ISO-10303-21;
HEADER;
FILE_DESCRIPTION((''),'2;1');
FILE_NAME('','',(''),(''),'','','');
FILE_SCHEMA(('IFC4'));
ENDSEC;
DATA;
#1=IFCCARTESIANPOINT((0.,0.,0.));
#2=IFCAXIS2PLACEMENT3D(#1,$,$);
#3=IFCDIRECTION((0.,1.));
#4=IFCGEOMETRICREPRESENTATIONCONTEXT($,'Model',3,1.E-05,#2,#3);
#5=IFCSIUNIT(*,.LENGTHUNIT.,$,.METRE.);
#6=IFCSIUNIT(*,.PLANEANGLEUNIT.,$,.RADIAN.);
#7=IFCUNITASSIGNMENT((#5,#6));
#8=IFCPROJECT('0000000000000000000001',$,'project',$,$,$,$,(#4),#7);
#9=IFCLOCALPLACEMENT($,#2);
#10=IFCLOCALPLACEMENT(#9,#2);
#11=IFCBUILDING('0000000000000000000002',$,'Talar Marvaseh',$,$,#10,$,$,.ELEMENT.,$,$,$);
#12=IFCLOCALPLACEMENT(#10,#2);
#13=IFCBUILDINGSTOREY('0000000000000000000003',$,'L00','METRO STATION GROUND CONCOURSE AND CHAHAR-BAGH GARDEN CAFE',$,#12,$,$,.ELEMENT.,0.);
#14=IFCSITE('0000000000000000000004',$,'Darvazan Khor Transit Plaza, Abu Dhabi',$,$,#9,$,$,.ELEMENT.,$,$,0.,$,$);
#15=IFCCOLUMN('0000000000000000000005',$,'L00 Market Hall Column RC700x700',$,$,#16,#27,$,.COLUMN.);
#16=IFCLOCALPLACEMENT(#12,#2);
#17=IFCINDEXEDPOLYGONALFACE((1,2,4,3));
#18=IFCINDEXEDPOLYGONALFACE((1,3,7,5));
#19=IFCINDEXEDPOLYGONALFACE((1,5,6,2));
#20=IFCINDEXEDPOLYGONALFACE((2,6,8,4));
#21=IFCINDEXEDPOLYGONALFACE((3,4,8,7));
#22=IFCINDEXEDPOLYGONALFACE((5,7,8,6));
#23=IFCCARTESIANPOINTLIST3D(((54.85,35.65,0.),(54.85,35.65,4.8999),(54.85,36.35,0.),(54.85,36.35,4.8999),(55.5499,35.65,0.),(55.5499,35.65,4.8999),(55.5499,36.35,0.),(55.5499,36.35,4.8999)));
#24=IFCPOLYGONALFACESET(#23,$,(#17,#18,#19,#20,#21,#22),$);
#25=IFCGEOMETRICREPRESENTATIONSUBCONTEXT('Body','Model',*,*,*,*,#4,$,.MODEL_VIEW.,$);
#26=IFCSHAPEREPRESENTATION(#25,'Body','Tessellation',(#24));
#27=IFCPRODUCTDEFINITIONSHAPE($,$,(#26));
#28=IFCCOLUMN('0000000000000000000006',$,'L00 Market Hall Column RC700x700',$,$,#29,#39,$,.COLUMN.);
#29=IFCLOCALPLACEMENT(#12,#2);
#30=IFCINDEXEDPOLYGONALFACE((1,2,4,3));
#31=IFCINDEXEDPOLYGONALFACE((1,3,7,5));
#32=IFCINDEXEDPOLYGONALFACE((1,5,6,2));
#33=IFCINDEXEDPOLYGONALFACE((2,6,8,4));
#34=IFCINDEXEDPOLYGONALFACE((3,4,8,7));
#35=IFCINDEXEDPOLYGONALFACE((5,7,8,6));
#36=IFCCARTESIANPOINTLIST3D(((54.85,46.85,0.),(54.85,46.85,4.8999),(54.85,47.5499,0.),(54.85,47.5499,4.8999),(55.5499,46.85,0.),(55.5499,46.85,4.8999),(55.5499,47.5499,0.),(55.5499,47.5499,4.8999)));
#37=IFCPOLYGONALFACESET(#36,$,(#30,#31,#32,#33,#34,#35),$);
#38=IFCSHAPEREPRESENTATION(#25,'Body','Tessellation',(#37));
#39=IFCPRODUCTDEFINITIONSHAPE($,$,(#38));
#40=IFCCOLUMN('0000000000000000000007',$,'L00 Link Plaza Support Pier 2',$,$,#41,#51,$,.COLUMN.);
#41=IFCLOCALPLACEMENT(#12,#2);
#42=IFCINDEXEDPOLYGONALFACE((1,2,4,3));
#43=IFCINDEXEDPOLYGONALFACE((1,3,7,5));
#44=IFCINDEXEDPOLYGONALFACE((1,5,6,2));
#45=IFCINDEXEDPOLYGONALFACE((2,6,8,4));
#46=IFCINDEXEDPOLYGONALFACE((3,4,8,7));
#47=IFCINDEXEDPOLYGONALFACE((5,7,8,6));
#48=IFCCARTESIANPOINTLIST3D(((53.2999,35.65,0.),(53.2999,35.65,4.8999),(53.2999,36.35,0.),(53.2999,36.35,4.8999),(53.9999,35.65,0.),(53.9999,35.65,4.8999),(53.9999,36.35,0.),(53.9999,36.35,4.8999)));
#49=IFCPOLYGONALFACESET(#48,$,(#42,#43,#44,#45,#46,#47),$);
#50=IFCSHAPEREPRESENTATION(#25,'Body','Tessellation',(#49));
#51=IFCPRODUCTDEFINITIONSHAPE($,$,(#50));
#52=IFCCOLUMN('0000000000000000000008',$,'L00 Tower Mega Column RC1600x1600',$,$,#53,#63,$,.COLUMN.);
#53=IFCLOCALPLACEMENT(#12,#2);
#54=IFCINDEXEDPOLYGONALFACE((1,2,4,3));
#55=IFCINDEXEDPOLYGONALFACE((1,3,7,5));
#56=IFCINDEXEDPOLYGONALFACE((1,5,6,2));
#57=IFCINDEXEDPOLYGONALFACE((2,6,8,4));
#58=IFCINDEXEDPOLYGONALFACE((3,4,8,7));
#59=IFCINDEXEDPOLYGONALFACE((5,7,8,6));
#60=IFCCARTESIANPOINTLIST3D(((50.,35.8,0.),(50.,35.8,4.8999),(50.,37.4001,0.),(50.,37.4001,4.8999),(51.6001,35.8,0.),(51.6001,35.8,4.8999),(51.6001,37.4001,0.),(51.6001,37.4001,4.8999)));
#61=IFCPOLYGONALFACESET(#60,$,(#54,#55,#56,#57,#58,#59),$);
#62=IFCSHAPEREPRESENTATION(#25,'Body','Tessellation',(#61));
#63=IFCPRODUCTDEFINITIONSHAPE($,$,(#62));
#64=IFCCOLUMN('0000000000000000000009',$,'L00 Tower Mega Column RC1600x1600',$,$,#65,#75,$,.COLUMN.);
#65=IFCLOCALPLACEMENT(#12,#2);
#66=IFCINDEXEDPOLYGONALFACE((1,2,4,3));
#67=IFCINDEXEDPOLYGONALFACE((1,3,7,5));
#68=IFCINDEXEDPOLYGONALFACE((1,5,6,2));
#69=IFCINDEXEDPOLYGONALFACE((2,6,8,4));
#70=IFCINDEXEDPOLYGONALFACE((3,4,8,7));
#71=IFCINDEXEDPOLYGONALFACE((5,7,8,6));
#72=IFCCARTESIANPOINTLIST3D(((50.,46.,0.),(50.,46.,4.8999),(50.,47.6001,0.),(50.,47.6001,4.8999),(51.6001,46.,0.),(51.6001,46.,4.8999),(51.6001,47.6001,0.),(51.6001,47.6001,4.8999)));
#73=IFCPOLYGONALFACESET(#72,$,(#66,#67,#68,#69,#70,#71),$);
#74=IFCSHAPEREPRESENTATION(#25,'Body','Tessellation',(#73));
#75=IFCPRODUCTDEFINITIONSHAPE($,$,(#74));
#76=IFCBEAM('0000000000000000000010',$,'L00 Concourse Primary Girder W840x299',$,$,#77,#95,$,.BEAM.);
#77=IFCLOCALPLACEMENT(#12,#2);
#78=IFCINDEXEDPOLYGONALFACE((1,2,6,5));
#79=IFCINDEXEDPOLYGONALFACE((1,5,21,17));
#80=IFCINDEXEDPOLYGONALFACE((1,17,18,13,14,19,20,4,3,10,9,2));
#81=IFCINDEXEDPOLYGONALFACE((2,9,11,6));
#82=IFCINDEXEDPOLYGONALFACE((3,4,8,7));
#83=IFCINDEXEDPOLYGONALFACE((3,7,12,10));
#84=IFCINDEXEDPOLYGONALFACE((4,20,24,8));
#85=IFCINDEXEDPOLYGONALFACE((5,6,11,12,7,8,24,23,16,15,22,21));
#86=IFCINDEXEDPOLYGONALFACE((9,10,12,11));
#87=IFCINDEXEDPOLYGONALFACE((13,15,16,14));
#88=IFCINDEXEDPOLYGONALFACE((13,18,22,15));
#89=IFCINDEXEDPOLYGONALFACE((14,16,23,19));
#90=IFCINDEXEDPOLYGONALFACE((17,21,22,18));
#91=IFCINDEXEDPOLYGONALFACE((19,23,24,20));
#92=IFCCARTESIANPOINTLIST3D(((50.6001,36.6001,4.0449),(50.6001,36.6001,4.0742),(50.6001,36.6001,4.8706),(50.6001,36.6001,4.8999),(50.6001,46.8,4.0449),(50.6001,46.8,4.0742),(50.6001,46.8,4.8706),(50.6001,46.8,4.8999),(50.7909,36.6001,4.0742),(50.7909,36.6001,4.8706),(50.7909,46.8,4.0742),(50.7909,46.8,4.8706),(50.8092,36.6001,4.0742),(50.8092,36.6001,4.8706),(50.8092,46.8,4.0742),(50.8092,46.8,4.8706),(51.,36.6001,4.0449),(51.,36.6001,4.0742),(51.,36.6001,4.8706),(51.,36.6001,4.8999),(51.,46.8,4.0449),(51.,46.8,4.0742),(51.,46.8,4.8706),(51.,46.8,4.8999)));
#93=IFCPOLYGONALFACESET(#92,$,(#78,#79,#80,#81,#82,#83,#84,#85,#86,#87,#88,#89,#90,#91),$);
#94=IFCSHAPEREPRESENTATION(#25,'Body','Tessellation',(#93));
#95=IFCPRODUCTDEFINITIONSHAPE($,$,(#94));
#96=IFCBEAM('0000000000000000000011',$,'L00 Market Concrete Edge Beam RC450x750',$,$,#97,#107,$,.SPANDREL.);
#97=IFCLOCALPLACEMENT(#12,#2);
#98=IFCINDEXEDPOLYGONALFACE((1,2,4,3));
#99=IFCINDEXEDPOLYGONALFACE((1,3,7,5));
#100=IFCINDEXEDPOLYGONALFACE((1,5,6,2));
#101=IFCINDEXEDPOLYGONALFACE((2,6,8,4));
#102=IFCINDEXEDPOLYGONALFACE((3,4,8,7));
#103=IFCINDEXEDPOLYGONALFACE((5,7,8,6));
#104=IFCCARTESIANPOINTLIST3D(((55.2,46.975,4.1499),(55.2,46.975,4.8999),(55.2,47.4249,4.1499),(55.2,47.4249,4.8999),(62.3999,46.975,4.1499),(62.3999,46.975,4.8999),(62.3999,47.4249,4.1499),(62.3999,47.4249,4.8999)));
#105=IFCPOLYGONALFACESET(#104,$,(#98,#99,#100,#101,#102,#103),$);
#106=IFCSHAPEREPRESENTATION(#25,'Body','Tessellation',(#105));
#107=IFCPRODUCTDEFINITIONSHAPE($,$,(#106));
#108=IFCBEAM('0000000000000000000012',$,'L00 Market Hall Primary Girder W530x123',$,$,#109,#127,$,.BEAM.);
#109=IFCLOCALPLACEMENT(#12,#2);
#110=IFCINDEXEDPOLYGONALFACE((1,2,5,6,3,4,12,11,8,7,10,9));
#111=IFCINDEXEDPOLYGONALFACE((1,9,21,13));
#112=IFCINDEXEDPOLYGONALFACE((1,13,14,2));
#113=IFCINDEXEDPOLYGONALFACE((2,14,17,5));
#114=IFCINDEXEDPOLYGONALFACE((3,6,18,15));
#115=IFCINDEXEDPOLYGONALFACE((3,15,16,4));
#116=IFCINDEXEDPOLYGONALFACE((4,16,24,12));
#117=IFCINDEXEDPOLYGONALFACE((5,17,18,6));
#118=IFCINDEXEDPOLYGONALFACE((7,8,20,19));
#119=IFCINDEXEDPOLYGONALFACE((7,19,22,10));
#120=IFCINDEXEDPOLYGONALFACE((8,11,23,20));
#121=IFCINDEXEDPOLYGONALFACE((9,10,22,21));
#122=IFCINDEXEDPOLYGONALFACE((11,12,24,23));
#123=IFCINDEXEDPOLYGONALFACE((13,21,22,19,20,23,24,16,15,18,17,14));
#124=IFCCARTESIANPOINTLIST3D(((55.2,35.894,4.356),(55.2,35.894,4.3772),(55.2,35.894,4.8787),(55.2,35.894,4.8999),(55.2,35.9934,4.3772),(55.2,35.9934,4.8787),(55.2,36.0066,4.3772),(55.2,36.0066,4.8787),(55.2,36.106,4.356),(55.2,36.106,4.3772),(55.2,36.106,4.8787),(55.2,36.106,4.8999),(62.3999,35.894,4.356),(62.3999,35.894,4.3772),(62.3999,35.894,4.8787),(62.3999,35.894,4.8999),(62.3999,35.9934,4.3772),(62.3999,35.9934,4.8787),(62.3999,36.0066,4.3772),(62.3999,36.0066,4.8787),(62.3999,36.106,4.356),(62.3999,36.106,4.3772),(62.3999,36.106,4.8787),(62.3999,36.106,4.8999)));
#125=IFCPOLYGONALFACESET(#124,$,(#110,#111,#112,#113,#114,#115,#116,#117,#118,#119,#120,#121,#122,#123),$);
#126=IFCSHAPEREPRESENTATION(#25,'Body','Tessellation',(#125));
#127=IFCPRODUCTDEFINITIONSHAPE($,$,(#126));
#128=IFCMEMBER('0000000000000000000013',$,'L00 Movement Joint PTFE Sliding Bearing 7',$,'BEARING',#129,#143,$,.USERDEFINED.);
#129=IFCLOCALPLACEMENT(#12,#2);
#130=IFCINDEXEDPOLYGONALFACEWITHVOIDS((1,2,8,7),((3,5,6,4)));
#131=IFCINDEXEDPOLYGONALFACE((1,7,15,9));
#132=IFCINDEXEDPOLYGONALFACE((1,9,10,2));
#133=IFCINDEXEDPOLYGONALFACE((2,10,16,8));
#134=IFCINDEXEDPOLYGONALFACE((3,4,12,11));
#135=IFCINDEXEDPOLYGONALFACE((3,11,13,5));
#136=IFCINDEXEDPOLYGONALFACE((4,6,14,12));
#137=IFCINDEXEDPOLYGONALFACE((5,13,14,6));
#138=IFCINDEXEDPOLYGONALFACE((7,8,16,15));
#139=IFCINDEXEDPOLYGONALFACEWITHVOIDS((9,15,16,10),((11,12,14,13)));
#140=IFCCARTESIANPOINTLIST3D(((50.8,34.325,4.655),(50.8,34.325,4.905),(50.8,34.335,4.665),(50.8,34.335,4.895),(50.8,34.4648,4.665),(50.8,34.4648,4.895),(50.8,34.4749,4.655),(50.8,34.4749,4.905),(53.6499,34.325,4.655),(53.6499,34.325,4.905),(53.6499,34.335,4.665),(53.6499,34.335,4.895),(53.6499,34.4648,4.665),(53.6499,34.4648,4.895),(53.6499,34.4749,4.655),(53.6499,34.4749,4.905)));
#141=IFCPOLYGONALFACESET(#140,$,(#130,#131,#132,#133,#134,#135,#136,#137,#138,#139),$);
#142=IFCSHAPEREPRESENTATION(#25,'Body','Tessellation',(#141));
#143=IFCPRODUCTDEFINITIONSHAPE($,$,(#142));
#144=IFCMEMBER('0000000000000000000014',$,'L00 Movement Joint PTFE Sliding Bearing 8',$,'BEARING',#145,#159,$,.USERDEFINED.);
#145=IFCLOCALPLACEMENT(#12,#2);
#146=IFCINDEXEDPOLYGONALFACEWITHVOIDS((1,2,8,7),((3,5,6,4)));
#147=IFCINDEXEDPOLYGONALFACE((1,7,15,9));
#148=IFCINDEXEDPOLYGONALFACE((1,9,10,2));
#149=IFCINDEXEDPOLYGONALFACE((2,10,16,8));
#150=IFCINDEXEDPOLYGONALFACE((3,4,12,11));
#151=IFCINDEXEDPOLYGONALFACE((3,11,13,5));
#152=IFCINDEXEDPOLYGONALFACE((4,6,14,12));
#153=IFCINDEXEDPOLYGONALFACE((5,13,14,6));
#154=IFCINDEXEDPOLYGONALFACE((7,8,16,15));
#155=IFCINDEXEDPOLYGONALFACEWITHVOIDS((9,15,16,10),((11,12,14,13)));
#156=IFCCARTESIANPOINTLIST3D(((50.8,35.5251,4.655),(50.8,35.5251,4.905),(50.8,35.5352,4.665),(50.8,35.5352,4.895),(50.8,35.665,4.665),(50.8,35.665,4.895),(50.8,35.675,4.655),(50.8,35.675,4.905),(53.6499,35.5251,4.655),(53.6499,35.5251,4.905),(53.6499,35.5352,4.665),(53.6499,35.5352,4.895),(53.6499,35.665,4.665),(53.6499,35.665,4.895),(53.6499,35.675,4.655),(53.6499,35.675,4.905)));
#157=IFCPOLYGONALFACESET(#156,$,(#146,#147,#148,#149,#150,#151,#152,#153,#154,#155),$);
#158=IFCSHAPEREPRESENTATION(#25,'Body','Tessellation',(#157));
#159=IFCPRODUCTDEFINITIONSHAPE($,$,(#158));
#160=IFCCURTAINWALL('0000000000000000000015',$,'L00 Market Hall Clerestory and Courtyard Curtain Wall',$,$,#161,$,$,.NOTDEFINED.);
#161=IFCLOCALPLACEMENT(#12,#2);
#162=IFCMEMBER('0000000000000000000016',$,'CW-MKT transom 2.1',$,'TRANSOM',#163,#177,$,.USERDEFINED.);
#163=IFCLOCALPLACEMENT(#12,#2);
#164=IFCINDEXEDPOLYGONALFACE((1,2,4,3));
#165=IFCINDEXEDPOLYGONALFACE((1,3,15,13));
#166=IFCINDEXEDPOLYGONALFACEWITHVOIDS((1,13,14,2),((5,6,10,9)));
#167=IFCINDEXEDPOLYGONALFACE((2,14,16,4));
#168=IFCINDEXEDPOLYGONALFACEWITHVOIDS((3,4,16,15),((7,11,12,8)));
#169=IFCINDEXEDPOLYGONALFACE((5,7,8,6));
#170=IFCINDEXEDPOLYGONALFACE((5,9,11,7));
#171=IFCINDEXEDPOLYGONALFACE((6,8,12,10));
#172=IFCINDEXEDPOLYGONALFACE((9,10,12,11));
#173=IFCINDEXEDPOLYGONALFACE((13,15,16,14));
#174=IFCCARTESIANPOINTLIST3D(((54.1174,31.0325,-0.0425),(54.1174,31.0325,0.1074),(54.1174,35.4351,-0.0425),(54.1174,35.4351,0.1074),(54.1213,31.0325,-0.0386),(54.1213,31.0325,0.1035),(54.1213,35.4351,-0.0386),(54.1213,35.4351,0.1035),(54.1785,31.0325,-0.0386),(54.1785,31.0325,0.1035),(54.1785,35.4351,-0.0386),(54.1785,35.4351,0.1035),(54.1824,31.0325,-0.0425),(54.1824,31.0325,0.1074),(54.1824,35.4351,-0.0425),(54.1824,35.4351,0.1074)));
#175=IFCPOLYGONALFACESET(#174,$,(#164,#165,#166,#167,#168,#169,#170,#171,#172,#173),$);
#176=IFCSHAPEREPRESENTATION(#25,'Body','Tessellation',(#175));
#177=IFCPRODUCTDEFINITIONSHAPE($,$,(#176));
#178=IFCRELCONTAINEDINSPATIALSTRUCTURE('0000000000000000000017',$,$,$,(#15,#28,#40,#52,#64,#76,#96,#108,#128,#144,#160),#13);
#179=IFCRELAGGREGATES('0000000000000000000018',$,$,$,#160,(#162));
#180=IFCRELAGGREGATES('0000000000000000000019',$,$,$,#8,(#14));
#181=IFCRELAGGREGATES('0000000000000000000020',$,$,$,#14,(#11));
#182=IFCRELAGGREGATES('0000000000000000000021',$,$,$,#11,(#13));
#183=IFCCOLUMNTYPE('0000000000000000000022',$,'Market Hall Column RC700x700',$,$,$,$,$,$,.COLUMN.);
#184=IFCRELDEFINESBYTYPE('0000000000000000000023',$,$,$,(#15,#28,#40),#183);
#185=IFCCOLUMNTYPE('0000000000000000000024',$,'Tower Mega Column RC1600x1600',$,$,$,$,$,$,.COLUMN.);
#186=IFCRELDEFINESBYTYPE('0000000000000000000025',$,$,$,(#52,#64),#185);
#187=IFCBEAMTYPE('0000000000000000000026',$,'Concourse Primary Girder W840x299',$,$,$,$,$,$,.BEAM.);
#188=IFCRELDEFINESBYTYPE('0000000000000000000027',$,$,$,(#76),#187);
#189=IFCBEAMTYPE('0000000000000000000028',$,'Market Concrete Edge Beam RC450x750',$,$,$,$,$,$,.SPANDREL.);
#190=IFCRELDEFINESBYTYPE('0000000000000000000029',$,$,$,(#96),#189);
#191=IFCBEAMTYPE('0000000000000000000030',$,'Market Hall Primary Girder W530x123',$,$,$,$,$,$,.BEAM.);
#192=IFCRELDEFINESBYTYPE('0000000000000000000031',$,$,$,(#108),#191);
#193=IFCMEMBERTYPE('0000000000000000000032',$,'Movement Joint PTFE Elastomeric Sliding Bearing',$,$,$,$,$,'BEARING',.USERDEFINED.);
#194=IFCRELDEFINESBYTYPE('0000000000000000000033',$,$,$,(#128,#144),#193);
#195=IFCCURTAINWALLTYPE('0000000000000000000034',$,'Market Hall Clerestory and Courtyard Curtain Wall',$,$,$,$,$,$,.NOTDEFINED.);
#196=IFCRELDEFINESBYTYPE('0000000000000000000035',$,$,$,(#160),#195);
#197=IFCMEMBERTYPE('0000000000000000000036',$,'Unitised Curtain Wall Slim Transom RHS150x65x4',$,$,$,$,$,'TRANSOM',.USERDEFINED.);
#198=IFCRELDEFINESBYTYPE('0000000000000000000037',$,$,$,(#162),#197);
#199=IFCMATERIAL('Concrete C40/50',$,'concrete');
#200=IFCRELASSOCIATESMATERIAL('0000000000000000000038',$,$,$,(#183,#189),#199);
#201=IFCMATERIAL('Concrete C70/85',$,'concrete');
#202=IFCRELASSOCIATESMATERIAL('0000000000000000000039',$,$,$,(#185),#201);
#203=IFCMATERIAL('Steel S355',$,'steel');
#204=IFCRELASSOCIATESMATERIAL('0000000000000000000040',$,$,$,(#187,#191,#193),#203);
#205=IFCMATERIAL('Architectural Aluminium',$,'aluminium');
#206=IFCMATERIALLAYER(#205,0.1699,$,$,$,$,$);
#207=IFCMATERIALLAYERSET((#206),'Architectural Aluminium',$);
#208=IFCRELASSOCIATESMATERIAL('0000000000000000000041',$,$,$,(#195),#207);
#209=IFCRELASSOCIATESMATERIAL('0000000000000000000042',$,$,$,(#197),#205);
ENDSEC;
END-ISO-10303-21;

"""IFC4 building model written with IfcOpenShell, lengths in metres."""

from ifc_helpers import new_model, si_unit, direction, frame, origin, origin_2d, place, context, subcontext, project, spatial, rectangle, hollow_rectangle, i_section, extrude, source, transform, mapped, material, layer, layer_set, material_profile, profile_set, type_object, type_shapes, element, aggregate, save


model = new_model("IFC4")

# Units and contexts
model_context = context("Model", 3, precision=1e-05, world=origin(), true_north=direction((0.0, 1.0)))
body_context = subcontext(model_context, "Body", "Model", "MODEL_VIEW")
ifc_project = project(units=[si_unit("LENGTHUNIT", "METRE"), si_unit("PLANEANGLEUNIT", "RADIAN")], contexts=[model_context])

# Site, building, storey
site_placement = place(None, origin())
site = spatial("IfcSite", under=ifc_project, at=site_placement, Name="Darvazan Khor Transit Plaza, Abu Dhabi", CompositionType="ELEMENT", RefElevation=0.0)
building_placement = place(site_placement, origin())
building = spatial("IfcBuilding", under=site, at=building_placement, Name="Talar Marvaseh", CompositionType="ELEMENT")
storey_placement = place(building_placement, origin())
storey = spatial("IfcBuildingStorey", under=building, at=storey_placement, Name="L00", Description="METRO STATION GROUND CONCOURSE AND CHAHAR-BAGH GARDEN CAFE", CompositionType="ELEMENT", Elevation=0.0)

# Columns
ifc_material_1 = material(Name="Concrete C40/50", Category="concrete")
ifc_material_profile_1 = material_profile(ifc_material_1, rectangle(XDim=0.7, YDim=0.7, at=origin_2d()), Name="RC700x700")
ifc_profile_set_1 = profile_set([ifc_material_profile_1], Name="Concrete C40/50")
column_type_1 = type_object("IfcColumnType", Name="Market Hall Column RC700x700", PredefinedType="COLUMN", material=ifc_profile_set_1)
for number, where, z_axis, x_axis, name in (
    (1, (55.2, 36.0, 0.0), (0.0, 0.0, 1.0), (1.0, 0.0, 0.0), "L00 Market Hall Column RC700x700"),
    (2, (55.2, 47.2, 0.0), (0.0, 0.0, 1.0), (1.0, 0.0, 0.0), "L00 Market Hall Column RC700x700"),
    (3, (53.6499, 36.0, 0.0), (0.0, 0.0, 1.0), (1.0, 0.0, 0.0), "L00 Link Plaza Support Pier 2"),
):
    element("IfcColumn", number, at=place(storey_placement, frame(where, z_axis=z_axis, x_axis=x_axis)), inside=storey, type_object=column_type_1, Name=name, PredefinedType="COLUMN", context=body_context, shape_type="SweptSolid", body=[
        extrude(rectangle(XDim=0.7, YDim=0.7, at=origin_2d()), origin(), (0.0, 0.0, 1.0), 4.8999),
    ])
ifc_material_2 = material(Name="Concrete C70/85", Category="concrete")
ifc_material_profile_2 = material_profile(ifc_material_2, rectangle(XDim=1.6001, YDim=1.6001, at=origin_2d()), Name="RC1600x1600")
ifc_profile_set_2 = profile_set([ifc_material_profile_2], Name="Concrete C70/85")
column_type_2 = type_object("IfcColumnType", Name="Tower Mega Column RC1600x1600", PredefinedType="COLUMN", material=ifc_profile_set_2)
for number, where, z_axis, x_axis, name in (
    (4, (50.8, 36.6001, 0.0), (0.0, 0.0, 1.0), (1.0, 0.0, 0.0), "L00 Tower Mega Column RC1600x1600"),
    (5, (50.8, 46.8, 0.0), (0.0, 0.0, 1.0), (1.0, 0.0, 0.0), "L00 Tower Mega Column RC1600x1600"),
):
    element("IfcColumn", number, at=place(storey_placement, frame(where, z_axis=z_axis, x_axis=x_axis)), inside=storey, type_object=column_type_2, Name=name, PredefinedType="COLUMN", context=body_context, shape_type="SweptSolid", body=[
        extrude(rectangle(XDim=1.6001, YDim=1.6001, at=origin_2d()), origin(), (0.0, 0.0, 1.0), 4.8999),
    ])

# Beams
ifc_material_3 = material(Name="Steel S355", Category="steel")
ifc_material_profile_3 = material_profile(ifc_material_3, i_section(OverallWidth=0.3999, OverallDepth=0.855, WebThickness=0.0183, FlangeThickness=0.0293, at=origin_2d()), Name="W840x299")
ifc_profile_set_3 = profile_set([ifc_material_profile_3], Name="Steel S355")
beam_type_1 = type_object("IfcBeamType", Name="Concourse Primary Girder W840x299", PredefinedType="BEAM", material=ifc_profile_set_3)
beam_1_placement = place(storey_placement, frame((50.8, 36.6001, 4.4724), z_axis=(0.0, 1.0, 0.0), x_axis=(-1.0, 0.0, 0.0)))
element("IfcBeam", 6, at=beam_1_placement, inside=storey, type_object=beam_type_1, Name="L00 Concourse Primary Girder W840x299", PredefinedType="BEAM", context=body_context, shape_type="SweptSolid", body=[
    extrude(i_section(OverallWidth=0.3999, OverallDepth=0.855, WebThickness=0.0183, FlangeThickness=0.0293, at=origin_2d()), origin(), (0.0, 0.0, 1.0), 10.2),
])
ifc_material_profile_4 = material_profile(ifc_material_1, rectangle(XDim=0.45, YDim=0.75, at=origin_2d()), Name="RC450x750")
ifc_profile_set_4 = profile_set([ifc_material_profile_4], Name="Concrete C40/50")
beam_type_2 = type_object("IfcBeamType", Name="Market Concrete Edge Beam RC450x750", PredefinedType="SPANDREL", material=ifc_profile_set_4)
beam_2_placement = place(storey_placement, frame((55.2, 47.2, 4.5249), z_axis=(1.0, 0.0, 0.0), x_axis=(0.0, 1.0, 0.0)))
element("IfcBeam", 7, at=beam_2_placement, inside=storey, type_object=beam_type_2, Name="L00 Market Concrete Edge Beam RC450x750", PredefinedType="SPANDREL", context=body_context, shape_type="SweptSolid", body=[
    extrude(rectangle(XDim=0.45, YDim=0.75, at=origin_2d()), origin(), (0.0, 0.0, 1.0), 7.2),
])
ifc_material_profile_5 = material_profile(ifc_material_3, i_section(OverallWidth=0.2119, OverallDepth=0.5439, WebThickness=0.0132, FlangeThickness=0.0212, at=origin_2d()), Name="W530x123")
ifc_profile_set_5 = profile_set([ifc_material_profile_5], Name="Steel S355")
beam_type_3 = type_object("IfcBeamType", Name="Market Hall Primary Girder W530x123", PredefinedType="BEAM", material=ifc_profile_set_5)
beam_3_placement = place(storey_placement, frame((55.2, 36.0, 4.6279), z_axis=(1.0, 0.0, 0.0), x_axis=(0.0, 1.0, 0.0)))
element("IfcBeam", 8, at=beam_3_placement, inside=storey, type_object=beam_type_3, Name="L00 Market Hall Primary Girder W530x123", PredefinedType="BEAM", context=body_context, shape_type="SweptSolid", body=[
    extrude(i_section(OverallWidth=0.2119, OverallDepth=0.5439, WebThickness=0.0132, FlangeThickness=0.0212, at=origin_2d()), origin(), (0.0, 0.0, 1.0), 7.2),
])

# Members
ifc_material_profile_6 = material_profile(ifc_material_3, hollow_rectangle(XDim=0.1499, YDim=0.25, WallThickness=0.01, at=origin_2d()), Name="RHS250x150x10")
ifc_profile_set_6 = profile_set([ifc_material_profile_6], Name="Steel S355")
member_type_1 = type_object("IfcMemberType", Name="Movement Joint PTFE Elastomeric Sliding Bearing", ElementType="BEARING", PredefinedType="USERDEFINED", material=ifc_profile_set_6)
shared_shape_1 = source(origin(), body_context, "Body", "SweptSolid", [
    extrude(hollow_rectangle(XDim=0.1499, YDim=0.25, WallThickness=0.01, at=origin_2d()), origin(), (0.0, 0.0, 1.0), 2.8499),
])
type_shapes(member_type_1, [shared_shape_1])
for number, where, z_axis, x_axis, name in (
    (9, (50.8, 34.3999, 4.78), (1.0, 0.0, 0.0), (0.0, 1.0, 0.0), "L00 Movement Joint PTFE Sliding Bearing 7"),
    (10, (50.8, 35.6001, 4.78), (1.0, 0.0, 0.0), (0.0, 1.0, 0.0), "L00 Movement Joint PTFE Sliding Bearing 8"),
):
    element("IfcMember", number, at=place(storey_placement, frame(where, z_axis=z_axis, x_axis=x_axis)), inside=storey, type_object=member_type_1, Name=name, ObjectType="BEARING", PredefinedType="USERDEFINED", context=body_context, shape_type="MappedRepresentation", body=[
        mapped(shared_shape_1, transform((0.0, 0.0, 0.0), x_axis=(1.0, 0.0, 0.0), y_axis=(0.0, 1.0, 0.0), z_axis=(0.0, 0.0, 1.0), scale=1.0)),
    ])

# Curtain wall, member
ifc_material_4 = material(Name="Architectural Aluminium", Category="aluminium")
ifc_layer_1 = layer(ifc_material_4, 0.1699)
ifc_layer_set_1 = layer_set([ifc_layer_1], Name="Architectural Aluminium")
curtain_wall_type = type_object("IfcCurtainWallType", Name="Market Hall Clerestory and Courtyard Curtain Wall", PredefinedType="NOTDEFINED", material=ifc_layer_set_1)
curtain_wall_placement = place(storey_placement, origin())
curtain_wall = element("IfcCurtainWall", 11, at=curtain_wall_placement, inside=storey, type_object=curtain_wall_type, Name="L00 Market Hall Clerestory and Courtyard Curtain Wall", PredefinedType="NOTDEFINED")
ifc_material_profile_7 = material_profile(ifc_material_4, hollow_rectangle(XDim=0.0649, YDim=0.1499, WallThickness=0.0039, at=origin_2d()), Name="RHS150x65x4")
ifc_profile_set_7 = profile_set([ifc_material_profile_7], Name="Architectural Aluminium")
member_type_2 = type_object("IfcMemberType", Name="Unitised Curtain Wall Slim Transom RHS150x65x4", ElementType="TRANSOM", PredefinedType="USERDEFINED", material=ifc_profile_set_7)
shared_shape_2 = source(origin(), body_context, "Body", "SweptSolid", [
    extrude(hollow_rectangle(XDim=0.0649, YDim=0.1499, WallThickness=0.0039, at=origin_2d()), origin(), (0.0, 0.0, 1.0), 4.4026),
])
type_shapes(member_type_2, [shared_shape_2])
member_1_placement = place(storey_placement, frame((54.1499, 31.0325, 0.0325), z_axis=(0.0, 1.0, 0.0), x_axis=(-1.0, 0.0, 0.0)))
member_1 = element("IfcMember", 12, at=member_1_placement, type_object=member_type_2, Name="CW-MKT transom 2.1", ObjectType="TRANSOM", PredefinedType="USERDEFINED", context=body_context, shape_type="MappedRepresentation", body=[
    mapped(shared_shape_2, transform((0.0, 0.0, 0.0), x_axis=(1.0, 0.0, 0.0), y_axis=(0.0, 1.0, 0.0), z_axis=(0.0, 0.0, 1.0), scale=1.0)),
])
aggregate(curtain_wall, [member_1])

save(model, "model.ifc")
